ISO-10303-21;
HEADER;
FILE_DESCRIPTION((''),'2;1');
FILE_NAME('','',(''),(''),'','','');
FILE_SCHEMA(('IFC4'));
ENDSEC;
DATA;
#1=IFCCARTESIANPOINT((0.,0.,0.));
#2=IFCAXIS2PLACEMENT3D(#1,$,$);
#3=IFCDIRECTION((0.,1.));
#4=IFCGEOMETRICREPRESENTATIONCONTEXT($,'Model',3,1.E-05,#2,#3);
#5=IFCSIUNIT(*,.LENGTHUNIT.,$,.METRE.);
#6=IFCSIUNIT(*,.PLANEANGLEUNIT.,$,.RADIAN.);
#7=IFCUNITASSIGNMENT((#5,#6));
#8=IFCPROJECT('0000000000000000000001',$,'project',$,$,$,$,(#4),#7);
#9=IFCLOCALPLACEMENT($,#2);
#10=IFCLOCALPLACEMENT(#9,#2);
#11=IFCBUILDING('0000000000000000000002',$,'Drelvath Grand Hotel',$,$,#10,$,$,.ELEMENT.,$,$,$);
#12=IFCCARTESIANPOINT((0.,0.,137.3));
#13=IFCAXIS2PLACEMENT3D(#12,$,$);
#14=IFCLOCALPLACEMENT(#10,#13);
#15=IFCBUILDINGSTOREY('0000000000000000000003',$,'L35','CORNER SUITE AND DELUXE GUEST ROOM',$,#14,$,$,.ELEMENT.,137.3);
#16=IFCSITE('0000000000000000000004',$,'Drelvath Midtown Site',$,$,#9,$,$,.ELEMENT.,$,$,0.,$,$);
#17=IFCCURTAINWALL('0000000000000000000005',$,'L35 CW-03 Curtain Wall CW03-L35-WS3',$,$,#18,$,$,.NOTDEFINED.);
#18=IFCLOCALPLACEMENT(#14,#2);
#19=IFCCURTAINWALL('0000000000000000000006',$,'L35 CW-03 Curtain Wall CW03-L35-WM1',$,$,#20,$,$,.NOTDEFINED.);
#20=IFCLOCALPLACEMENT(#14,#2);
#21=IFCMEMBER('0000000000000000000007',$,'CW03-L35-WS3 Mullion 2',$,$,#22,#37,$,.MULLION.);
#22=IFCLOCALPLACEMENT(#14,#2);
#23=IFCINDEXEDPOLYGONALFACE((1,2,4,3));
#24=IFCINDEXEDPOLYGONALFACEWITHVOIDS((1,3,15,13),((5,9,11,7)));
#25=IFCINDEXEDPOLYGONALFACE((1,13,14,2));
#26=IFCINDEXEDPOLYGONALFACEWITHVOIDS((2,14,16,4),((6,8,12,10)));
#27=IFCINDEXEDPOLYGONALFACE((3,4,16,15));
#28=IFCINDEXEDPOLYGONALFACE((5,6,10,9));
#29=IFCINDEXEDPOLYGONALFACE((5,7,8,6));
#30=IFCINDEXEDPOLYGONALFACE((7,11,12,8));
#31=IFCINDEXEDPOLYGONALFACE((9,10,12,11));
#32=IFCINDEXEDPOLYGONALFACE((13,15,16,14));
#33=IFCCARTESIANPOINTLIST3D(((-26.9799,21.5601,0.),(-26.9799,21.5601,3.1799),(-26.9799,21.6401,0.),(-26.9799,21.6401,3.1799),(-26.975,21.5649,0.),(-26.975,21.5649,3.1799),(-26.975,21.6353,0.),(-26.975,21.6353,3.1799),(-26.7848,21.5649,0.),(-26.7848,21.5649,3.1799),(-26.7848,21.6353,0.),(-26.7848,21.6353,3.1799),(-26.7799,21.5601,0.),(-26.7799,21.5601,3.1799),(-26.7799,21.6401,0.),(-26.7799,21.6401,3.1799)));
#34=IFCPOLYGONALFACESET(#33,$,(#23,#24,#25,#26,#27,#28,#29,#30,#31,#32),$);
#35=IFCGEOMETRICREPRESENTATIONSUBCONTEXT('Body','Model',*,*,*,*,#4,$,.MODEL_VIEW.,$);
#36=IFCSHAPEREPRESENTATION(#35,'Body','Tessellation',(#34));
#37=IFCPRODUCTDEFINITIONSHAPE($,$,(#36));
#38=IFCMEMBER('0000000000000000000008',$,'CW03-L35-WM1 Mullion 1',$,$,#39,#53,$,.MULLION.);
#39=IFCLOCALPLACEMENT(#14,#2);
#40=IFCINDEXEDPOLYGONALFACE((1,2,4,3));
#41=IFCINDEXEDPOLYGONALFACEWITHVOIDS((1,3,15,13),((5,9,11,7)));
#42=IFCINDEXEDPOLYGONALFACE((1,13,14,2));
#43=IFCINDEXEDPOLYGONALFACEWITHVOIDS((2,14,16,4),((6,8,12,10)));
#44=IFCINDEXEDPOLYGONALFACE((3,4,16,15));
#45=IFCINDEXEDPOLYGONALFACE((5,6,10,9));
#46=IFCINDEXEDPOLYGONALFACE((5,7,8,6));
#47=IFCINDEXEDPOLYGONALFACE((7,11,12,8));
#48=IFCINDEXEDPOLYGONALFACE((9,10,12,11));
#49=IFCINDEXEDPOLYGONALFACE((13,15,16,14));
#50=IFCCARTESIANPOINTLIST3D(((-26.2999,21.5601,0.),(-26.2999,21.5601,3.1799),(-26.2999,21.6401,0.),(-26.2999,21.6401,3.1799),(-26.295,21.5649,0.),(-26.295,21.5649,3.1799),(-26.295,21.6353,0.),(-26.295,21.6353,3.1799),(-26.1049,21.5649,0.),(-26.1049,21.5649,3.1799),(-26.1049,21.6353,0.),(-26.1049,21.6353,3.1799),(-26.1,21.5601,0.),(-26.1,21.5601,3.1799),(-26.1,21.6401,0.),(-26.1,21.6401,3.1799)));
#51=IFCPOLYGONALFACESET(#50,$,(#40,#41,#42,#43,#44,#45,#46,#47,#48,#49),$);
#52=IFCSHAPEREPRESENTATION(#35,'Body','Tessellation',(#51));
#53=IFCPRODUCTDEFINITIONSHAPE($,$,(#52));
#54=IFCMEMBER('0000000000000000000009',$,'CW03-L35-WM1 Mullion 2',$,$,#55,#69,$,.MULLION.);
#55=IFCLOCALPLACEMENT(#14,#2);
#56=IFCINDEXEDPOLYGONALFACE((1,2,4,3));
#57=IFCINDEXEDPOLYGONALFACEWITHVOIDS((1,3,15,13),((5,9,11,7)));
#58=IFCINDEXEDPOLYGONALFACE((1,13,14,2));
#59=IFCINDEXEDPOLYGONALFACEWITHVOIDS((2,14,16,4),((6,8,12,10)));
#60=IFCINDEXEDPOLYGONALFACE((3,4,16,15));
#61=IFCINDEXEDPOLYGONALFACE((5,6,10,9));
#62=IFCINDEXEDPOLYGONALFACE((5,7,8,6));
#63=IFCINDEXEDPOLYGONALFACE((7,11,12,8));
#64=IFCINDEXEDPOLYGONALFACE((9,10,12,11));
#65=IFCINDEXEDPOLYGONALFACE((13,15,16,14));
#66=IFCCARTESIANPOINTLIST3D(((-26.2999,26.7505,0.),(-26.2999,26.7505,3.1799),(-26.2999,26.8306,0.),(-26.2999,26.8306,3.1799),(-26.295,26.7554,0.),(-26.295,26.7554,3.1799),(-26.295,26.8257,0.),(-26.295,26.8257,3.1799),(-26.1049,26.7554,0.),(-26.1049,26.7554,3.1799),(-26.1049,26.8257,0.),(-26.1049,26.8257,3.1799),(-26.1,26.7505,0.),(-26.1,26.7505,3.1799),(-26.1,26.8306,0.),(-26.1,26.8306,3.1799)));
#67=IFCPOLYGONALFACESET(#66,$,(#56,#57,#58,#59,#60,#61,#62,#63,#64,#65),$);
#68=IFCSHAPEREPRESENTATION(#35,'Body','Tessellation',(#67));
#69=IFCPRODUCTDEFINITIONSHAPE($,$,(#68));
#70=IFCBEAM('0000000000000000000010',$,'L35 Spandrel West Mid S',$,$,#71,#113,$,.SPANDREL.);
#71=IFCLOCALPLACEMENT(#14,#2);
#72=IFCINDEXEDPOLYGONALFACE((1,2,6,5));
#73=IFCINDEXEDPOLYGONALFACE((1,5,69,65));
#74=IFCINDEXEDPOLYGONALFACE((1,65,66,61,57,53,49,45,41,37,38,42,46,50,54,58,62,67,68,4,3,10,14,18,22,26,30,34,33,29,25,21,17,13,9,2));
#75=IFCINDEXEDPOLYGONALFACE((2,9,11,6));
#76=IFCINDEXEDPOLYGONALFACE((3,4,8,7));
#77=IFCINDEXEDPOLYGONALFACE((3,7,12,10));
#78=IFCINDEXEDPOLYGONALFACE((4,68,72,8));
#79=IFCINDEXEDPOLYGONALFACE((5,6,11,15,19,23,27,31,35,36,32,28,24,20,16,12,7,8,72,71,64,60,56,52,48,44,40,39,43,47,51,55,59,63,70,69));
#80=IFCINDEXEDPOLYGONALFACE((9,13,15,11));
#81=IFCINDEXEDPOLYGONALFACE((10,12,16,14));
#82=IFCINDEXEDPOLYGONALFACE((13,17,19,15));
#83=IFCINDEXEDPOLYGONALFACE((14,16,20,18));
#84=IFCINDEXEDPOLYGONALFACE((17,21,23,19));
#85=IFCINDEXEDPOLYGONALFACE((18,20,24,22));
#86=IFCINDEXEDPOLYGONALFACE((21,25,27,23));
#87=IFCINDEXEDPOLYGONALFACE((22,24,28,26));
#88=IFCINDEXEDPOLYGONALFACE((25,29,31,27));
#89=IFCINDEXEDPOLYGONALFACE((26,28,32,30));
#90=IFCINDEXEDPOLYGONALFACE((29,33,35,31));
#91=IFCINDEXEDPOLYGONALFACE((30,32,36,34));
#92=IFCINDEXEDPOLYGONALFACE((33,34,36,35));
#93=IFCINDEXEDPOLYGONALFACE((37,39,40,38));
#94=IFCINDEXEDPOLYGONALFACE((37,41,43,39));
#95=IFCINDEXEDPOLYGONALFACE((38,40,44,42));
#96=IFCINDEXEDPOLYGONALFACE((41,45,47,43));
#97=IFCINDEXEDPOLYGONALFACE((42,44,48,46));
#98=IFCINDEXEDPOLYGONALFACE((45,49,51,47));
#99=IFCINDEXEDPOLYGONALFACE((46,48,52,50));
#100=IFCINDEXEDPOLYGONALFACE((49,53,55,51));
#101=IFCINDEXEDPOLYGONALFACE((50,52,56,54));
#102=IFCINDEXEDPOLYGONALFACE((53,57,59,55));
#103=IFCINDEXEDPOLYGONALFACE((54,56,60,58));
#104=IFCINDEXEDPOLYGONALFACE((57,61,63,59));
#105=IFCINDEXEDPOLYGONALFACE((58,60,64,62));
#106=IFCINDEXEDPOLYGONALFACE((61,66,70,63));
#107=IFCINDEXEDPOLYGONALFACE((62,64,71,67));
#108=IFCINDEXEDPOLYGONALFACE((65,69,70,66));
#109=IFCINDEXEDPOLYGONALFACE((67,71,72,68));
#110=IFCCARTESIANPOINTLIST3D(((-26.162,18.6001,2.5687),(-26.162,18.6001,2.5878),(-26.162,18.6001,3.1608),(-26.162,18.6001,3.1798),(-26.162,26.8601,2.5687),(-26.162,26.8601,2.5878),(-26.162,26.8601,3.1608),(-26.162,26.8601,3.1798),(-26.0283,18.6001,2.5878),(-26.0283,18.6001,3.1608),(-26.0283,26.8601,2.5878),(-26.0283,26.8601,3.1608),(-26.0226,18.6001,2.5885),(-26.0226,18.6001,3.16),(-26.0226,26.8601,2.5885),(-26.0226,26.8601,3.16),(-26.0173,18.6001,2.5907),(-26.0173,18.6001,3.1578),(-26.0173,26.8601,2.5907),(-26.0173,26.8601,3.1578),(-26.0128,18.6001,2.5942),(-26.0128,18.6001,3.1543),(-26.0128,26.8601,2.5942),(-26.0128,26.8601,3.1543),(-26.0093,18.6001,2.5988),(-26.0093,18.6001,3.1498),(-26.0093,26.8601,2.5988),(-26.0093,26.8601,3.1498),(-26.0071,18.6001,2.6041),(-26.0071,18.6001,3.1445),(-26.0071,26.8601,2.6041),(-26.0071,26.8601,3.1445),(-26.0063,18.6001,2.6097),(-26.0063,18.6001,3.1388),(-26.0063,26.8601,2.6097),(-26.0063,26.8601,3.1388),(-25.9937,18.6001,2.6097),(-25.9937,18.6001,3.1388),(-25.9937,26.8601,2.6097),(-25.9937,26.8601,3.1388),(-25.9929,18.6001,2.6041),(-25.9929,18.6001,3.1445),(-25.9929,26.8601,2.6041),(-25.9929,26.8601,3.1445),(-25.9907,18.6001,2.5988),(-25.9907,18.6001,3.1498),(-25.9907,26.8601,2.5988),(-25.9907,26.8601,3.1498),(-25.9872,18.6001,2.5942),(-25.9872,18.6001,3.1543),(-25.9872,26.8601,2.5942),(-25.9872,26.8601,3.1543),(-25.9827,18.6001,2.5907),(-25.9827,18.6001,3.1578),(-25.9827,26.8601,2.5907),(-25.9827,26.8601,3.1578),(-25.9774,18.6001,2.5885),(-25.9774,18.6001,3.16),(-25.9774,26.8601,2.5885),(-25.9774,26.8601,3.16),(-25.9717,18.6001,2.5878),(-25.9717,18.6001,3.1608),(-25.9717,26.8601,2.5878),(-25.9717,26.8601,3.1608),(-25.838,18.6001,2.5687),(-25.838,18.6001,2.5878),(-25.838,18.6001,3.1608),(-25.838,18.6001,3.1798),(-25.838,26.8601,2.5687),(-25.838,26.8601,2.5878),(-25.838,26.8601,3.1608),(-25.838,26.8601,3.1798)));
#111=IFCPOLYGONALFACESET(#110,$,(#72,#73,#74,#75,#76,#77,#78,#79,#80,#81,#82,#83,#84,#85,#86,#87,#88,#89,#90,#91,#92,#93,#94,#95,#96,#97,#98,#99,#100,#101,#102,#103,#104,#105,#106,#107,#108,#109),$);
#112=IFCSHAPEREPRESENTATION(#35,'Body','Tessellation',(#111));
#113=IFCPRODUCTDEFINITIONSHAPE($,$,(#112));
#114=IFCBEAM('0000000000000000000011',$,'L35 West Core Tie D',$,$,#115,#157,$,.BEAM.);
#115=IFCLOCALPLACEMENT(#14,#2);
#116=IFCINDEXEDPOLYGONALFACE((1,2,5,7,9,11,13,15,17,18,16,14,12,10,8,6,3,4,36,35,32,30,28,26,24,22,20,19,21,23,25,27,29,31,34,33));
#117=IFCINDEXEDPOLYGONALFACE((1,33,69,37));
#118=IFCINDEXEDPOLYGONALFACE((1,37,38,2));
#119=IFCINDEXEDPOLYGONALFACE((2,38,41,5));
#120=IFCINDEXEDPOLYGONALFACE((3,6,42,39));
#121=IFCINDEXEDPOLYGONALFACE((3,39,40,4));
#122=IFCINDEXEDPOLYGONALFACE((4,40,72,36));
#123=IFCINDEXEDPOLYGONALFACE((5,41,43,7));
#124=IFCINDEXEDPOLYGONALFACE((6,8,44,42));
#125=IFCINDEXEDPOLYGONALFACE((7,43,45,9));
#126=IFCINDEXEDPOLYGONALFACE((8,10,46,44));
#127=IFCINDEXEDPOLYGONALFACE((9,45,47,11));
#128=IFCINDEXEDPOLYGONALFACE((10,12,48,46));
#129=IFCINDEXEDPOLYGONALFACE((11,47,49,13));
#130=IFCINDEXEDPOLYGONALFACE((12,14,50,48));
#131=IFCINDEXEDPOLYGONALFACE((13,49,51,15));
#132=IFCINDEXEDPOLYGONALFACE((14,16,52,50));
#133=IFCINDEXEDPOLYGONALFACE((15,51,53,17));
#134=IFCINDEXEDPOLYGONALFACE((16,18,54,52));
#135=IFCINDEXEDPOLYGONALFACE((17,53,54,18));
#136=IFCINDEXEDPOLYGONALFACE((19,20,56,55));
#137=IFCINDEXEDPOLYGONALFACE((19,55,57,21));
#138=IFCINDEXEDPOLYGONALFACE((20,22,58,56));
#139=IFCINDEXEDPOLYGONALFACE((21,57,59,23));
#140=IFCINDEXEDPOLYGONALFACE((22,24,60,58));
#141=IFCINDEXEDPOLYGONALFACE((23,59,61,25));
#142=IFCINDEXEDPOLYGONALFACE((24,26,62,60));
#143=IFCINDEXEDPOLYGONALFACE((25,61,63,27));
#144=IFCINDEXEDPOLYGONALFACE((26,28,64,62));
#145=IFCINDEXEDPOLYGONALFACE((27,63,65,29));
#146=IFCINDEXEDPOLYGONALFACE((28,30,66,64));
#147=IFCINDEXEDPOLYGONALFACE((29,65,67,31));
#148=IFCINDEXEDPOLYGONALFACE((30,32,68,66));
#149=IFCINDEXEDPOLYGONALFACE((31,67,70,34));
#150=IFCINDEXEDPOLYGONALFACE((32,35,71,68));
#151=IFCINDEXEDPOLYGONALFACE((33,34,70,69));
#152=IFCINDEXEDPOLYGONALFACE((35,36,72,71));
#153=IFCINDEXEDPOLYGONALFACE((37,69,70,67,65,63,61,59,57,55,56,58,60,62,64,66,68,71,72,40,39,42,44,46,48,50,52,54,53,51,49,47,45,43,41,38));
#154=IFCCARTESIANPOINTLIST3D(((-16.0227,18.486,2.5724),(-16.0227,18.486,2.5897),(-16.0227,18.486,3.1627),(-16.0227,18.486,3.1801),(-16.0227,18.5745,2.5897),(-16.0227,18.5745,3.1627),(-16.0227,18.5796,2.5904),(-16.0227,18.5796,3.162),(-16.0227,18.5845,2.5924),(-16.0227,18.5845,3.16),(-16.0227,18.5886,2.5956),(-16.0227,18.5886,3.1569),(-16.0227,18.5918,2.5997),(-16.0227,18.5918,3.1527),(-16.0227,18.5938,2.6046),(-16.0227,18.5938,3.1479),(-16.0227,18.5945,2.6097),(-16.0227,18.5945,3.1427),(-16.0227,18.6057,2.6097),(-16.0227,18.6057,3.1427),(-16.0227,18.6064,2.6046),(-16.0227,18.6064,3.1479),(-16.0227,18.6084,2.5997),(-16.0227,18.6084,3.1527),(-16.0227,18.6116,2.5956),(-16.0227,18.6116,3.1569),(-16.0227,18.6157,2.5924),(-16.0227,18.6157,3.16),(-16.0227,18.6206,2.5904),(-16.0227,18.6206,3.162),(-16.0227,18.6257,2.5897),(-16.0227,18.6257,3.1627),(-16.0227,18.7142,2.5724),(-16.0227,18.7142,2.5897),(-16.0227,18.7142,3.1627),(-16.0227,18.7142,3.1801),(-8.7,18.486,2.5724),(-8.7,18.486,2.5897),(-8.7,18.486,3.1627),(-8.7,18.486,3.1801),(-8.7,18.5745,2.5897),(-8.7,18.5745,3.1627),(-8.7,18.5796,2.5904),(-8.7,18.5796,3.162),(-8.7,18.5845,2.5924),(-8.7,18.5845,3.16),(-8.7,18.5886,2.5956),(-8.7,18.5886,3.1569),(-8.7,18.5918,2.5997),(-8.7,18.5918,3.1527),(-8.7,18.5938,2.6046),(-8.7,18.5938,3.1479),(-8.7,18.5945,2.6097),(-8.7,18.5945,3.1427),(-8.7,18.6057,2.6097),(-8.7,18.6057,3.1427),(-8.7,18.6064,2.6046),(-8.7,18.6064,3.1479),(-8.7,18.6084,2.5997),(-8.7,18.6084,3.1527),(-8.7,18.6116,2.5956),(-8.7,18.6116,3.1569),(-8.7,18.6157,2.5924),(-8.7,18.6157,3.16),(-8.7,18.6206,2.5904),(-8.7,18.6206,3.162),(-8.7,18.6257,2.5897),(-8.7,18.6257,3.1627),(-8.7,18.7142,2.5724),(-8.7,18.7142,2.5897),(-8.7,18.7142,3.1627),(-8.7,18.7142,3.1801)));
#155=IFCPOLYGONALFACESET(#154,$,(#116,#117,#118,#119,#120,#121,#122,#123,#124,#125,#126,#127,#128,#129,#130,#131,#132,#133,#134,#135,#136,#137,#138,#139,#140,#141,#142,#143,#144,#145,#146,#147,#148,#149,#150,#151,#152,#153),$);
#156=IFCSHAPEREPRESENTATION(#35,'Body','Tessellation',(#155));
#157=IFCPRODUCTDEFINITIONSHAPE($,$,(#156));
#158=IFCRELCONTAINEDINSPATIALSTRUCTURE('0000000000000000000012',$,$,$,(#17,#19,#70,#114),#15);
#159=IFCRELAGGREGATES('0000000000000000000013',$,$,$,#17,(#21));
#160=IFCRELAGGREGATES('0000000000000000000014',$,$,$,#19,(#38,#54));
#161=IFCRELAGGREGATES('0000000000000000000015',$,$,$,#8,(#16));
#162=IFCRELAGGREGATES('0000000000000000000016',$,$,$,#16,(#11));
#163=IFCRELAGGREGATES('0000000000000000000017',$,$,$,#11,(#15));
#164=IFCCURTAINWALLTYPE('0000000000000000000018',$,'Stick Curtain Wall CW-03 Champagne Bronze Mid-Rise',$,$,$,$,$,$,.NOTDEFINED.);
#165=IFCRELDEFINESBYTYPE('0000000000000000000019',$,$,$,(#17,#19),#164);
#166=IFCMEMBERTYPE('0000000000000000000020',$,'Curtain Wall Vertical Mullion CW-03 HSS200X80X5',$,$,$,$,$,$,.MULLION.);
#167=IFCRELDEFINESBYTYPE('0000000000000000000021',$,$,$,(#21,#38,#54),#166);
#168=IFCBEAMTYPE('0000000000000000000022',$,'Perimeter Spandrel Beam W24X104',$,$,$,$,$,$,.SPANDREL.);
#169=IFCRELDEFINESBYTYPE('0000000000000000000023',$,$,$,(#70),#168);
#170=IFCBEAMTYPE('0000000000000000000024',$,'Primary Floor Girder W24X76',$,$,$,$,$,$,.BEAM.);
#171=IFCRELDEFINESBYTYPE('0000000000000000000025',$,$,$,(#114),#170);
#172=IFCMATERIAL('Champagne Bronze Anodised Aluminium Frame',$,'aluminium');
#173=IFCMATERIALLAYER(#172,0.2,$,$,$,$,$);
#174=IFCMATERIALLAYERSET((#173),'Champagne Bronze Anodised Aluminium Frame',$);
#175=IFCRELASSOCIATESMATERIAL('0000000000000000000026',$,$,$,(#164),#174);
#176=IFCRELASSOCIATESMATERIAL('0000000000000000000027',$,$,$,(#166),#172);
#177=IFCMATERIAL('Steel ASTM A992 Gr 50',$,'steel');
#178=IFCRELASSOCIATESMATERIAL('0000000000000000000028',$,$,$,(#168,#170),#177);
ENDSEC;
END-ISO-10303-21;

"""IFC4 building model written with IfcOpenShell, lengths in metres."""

from ifc_helpers import new_model, si_unit, direction, frame, origin, origin_2d, place, context, subcontext, project, spatial, hollow_rectangle, i_section, extrude, material, layer, layer_set, material_profile, profile_set, type_object, element, aggregate, save


model = new_model("IFC4")

# Units and contexts
model_context = context("Model", 3, precision=1e-05, world=origin(), true_north=direction((0.0, 1.0)))
body_context = subcontext(model_context, "Body", "Model", "MODEL_VIEW")
ifc_project = project(units=[si_unit("LENGTHUNIT", "METRE"), si_unit("PLANEANGLEUNIT", "RADIAN")], contexts=[model_context])

# Site, building, storey
site_placement = place(None, origin())
site = spatial("IfcSite", under=ifc_project, at=site_placement, Name="Drelvath Midtown Site", CompositionType="ELEMENT", RefElevation=0.0)
building_placement = place(site_placement, origin())
building = spatial("IfcBuilding", under=site, at=building_placement, Name="Drelvath Grand Hotel", CompositionType="ELEMENT")
storey_placement = place(building_placement, frame((0.0, 0.0, 137.3)))
storey = spatial("IfcBuildingStorey", under=building, at=storey_placement, Name="L35", Description="CORNER SUITE AND DELUXE GUEST ROOM", CompositionType="ELEMENT", Elevation=137.3)

# Shared definitions
ifc_material_1 = material(Name="Steel ASTM A992 Gr 50", Category="steel")

# Curtain walls
ifc_material_2 = material(Name="Champagne Bronze Anodised Aluminium Frame", Category="aluminium")
ifc_layer_1 = layer(ifc_material_2, 0.2)
ifc_layer_set_1 = layer_set([ifc_layer_1], Name="Champagne Bronze Anodised Aluminium Frame")
curtain_wall_type = type_object("IfcCurtainWallType", Name="Stick Curtain Wall CW-03 Champagne Bronze Mid-Rise", PredefinedType="NOTDEFINED", material=ifc_layer_set_1)
curtain_wall_1_placement = place(storey_placement, origin())
curtain_wall_1 = element("IfcCurtainWall", 1, at=curtain_wall_1_placement, inside=storey, type_object=curtain_wall_type, Name="L35 CW-03 Curtain Wall CW03-L35-WS3", PredefinedType="NOTDEFINED")
curtain_wall_2_placement = place(storey_placement, origin())
curtain_wall_2 = element("IfcCurtainWall", 2, at=curtain_wall_2_placement, inside=storey, type_object=curtain_wall_type, Name="L35 CW-03 Curtain Wall CW03-L35-WM1", PredefinedType="NOTDEFINED")

# Shared definitions
ifc_material_profile_1 = material_profile(ifc_material_2, hollow_rectangle(XDim=0.0801, YDim=0.2, WallThickness=0.0049, at=origin_2d()), Name="HSS200X80X5")
ifc_profile_set_1 = profile_set([ifc_material_profile_1], Name="Champagne Bronze Anodised Aluminium Frame")
member_type_1 = type_object("IfcMemberType", Name="Curtain Wall Vertical Mullion CW-03 HSS200X80X5", PredefinedType="MULLION", material=ifc_profile_set_1)

# Members
member_1_placement = place(storey_placement, frame((-26.8799, 21.6001, 0.0), z_axis=(0.0, 0.0, 1.0), x_axis=(0.0, 1.0, 0.0)))
member_1 = element("IfcMember", 3, at=member_1_placement, type_object=member_type_1, Name="CW03-L35-WS3 Mullion 2", PredefinedType="MULLION", context=body_context, shape_type="SweptSolid", body=[
    extrude(hollow_rectangle(XDim=0.0801, YDim=0.2, WallThickness=0.0049, at=origin_2d()), origin(), (0.0, 0.0, 1.0), 3.1799),
])
member_2_placement = place(storey_placement, frame((-26.2, 21.6001, 0.0), z_axis=(0.0, 0.0, 1.0), x_axis=(0.0, 1.0, 0.0)))
member_2 = element("IfcMember", 4, at=member_2_placement, type_object=member_type_1, Name="CW03-L35-WM1 Mullion 1", PredefinedType="MULLION", context=body_context, shape_type="SweptSolid", body=[
    extrude(hollow_rectangle(XDim=0.0801, YDim=0.2, WallThickness=0.0049, at=origin_2d()), origin(), (0.0, 0.0, 1.0), 3.1799),
])
member_3_placement = place(storey_placement, frame((-26.2, 26.7905, 0.0), z_axis=(0.0, 0.0, 1.0), x_axis=(0.0, 1.0, 0.0)))
member_3 = element("IfcMember", 5, at=member_3_placement, type_object=member_type_1, Name="CW03-L35-WM1 Mullion 2", PredefinedType="MULLION", context=body_context, shape_type="SweptSolid", body=[
    extrude(hollow_rectangle(XDim=0.0801, YDim=0.2, WallThickness=0.0049, at=origin_2d()), origin(), (0.0, 0.0, 1.0), 3.1799),
])

# Beams
ifc_material_profile_2 = material_profile(ifc_material_1, i_section(OverallWidth=0.324, OverallDepth=0.6111, WebThickness=0.0127, FlangeThickness=0.019, FilletRadius=0.022, at=origin_2d()), Name="W24X104")
ifc_profile_set_2 = profile_set([ifc_material_profile_2], Name="Steel ASTM A992 Gr 50")
beam_type_1 = type_object("IfcBeamType", Name="Perimeter Spandrel Beam W24X104", PredefinedType="SPANDREL", material=ifc_profile_set_2)
beam_1_placement = place(storey_placement, frame((-26.0, 18.6001, 2.8743), z_axis=(0.0, 1.0, 0.0), x_axis=(-1.0, 0.0, 0.0)))
element("IfcBeam", 6, at=beam_1_placement, inside=storey, type_object=beam_type_1, Name="L35 Spandrel West Mid S", PredefinedType="SPANDREL", context=body_context, shape_type="SweptSolid", body=[
    extrude(i_section(OverallWidth=0.324, OverallDepth=0.6111, WebThickness=0.0127, FlangeThickness=0.019, FilletRadius=0.022, at=origin_2d()), origin(), (0.0, 0.0, 1.0), 8.26),
])
ifc_material_profile_3 = material_profile(ifc_material_1, i_section(OverallWidth=0.2283, OverallDepth=0.6077, WebThickness=0.0112, FlangeThickness=0.0173, FilletRadius=0.02, at=origin_2d()), Name="W24X76")
ifc_profile_set_3 = profile_set([ifc_material_profile_3], Name="Steel ASTM A992 Gr 50")
beam_type_2 = type_object("IfcBeamType", Name="Primary Floor Girder W24X76", PredefinedType="BEAM", material=ifc_profile_set_3)
beam_2_placement = place(storey_placement, frame((-16.0227, 18.6001, 2.8762), z_axis=(1.0, 0.0, 0.0), x_axis=(0.0, 1.0, 0.0)))
element("IfcBeam", 7, at=beam_2_placement, inside=storey, type_object=beam_type_2, Name="L35 West Core Tie D", PredefinedType="BEAM", context=body_context, shape_type="SweptSolid", body=[
    extrude(i_section(OverallWidth=0.2283, OverallDepth=0.6077, WebThickness=0.0112, FlangeThickness=0.0173, FilletRadius=0.02, at=origin_2d()), origin(), (0.0, 0.0, 1.0), 7.3228),
])

aggregate(curtain_wall_1, [member_1])
aggregate(curtain_wall_2, [member_2, member_3])

save(model, "model.ifc")
